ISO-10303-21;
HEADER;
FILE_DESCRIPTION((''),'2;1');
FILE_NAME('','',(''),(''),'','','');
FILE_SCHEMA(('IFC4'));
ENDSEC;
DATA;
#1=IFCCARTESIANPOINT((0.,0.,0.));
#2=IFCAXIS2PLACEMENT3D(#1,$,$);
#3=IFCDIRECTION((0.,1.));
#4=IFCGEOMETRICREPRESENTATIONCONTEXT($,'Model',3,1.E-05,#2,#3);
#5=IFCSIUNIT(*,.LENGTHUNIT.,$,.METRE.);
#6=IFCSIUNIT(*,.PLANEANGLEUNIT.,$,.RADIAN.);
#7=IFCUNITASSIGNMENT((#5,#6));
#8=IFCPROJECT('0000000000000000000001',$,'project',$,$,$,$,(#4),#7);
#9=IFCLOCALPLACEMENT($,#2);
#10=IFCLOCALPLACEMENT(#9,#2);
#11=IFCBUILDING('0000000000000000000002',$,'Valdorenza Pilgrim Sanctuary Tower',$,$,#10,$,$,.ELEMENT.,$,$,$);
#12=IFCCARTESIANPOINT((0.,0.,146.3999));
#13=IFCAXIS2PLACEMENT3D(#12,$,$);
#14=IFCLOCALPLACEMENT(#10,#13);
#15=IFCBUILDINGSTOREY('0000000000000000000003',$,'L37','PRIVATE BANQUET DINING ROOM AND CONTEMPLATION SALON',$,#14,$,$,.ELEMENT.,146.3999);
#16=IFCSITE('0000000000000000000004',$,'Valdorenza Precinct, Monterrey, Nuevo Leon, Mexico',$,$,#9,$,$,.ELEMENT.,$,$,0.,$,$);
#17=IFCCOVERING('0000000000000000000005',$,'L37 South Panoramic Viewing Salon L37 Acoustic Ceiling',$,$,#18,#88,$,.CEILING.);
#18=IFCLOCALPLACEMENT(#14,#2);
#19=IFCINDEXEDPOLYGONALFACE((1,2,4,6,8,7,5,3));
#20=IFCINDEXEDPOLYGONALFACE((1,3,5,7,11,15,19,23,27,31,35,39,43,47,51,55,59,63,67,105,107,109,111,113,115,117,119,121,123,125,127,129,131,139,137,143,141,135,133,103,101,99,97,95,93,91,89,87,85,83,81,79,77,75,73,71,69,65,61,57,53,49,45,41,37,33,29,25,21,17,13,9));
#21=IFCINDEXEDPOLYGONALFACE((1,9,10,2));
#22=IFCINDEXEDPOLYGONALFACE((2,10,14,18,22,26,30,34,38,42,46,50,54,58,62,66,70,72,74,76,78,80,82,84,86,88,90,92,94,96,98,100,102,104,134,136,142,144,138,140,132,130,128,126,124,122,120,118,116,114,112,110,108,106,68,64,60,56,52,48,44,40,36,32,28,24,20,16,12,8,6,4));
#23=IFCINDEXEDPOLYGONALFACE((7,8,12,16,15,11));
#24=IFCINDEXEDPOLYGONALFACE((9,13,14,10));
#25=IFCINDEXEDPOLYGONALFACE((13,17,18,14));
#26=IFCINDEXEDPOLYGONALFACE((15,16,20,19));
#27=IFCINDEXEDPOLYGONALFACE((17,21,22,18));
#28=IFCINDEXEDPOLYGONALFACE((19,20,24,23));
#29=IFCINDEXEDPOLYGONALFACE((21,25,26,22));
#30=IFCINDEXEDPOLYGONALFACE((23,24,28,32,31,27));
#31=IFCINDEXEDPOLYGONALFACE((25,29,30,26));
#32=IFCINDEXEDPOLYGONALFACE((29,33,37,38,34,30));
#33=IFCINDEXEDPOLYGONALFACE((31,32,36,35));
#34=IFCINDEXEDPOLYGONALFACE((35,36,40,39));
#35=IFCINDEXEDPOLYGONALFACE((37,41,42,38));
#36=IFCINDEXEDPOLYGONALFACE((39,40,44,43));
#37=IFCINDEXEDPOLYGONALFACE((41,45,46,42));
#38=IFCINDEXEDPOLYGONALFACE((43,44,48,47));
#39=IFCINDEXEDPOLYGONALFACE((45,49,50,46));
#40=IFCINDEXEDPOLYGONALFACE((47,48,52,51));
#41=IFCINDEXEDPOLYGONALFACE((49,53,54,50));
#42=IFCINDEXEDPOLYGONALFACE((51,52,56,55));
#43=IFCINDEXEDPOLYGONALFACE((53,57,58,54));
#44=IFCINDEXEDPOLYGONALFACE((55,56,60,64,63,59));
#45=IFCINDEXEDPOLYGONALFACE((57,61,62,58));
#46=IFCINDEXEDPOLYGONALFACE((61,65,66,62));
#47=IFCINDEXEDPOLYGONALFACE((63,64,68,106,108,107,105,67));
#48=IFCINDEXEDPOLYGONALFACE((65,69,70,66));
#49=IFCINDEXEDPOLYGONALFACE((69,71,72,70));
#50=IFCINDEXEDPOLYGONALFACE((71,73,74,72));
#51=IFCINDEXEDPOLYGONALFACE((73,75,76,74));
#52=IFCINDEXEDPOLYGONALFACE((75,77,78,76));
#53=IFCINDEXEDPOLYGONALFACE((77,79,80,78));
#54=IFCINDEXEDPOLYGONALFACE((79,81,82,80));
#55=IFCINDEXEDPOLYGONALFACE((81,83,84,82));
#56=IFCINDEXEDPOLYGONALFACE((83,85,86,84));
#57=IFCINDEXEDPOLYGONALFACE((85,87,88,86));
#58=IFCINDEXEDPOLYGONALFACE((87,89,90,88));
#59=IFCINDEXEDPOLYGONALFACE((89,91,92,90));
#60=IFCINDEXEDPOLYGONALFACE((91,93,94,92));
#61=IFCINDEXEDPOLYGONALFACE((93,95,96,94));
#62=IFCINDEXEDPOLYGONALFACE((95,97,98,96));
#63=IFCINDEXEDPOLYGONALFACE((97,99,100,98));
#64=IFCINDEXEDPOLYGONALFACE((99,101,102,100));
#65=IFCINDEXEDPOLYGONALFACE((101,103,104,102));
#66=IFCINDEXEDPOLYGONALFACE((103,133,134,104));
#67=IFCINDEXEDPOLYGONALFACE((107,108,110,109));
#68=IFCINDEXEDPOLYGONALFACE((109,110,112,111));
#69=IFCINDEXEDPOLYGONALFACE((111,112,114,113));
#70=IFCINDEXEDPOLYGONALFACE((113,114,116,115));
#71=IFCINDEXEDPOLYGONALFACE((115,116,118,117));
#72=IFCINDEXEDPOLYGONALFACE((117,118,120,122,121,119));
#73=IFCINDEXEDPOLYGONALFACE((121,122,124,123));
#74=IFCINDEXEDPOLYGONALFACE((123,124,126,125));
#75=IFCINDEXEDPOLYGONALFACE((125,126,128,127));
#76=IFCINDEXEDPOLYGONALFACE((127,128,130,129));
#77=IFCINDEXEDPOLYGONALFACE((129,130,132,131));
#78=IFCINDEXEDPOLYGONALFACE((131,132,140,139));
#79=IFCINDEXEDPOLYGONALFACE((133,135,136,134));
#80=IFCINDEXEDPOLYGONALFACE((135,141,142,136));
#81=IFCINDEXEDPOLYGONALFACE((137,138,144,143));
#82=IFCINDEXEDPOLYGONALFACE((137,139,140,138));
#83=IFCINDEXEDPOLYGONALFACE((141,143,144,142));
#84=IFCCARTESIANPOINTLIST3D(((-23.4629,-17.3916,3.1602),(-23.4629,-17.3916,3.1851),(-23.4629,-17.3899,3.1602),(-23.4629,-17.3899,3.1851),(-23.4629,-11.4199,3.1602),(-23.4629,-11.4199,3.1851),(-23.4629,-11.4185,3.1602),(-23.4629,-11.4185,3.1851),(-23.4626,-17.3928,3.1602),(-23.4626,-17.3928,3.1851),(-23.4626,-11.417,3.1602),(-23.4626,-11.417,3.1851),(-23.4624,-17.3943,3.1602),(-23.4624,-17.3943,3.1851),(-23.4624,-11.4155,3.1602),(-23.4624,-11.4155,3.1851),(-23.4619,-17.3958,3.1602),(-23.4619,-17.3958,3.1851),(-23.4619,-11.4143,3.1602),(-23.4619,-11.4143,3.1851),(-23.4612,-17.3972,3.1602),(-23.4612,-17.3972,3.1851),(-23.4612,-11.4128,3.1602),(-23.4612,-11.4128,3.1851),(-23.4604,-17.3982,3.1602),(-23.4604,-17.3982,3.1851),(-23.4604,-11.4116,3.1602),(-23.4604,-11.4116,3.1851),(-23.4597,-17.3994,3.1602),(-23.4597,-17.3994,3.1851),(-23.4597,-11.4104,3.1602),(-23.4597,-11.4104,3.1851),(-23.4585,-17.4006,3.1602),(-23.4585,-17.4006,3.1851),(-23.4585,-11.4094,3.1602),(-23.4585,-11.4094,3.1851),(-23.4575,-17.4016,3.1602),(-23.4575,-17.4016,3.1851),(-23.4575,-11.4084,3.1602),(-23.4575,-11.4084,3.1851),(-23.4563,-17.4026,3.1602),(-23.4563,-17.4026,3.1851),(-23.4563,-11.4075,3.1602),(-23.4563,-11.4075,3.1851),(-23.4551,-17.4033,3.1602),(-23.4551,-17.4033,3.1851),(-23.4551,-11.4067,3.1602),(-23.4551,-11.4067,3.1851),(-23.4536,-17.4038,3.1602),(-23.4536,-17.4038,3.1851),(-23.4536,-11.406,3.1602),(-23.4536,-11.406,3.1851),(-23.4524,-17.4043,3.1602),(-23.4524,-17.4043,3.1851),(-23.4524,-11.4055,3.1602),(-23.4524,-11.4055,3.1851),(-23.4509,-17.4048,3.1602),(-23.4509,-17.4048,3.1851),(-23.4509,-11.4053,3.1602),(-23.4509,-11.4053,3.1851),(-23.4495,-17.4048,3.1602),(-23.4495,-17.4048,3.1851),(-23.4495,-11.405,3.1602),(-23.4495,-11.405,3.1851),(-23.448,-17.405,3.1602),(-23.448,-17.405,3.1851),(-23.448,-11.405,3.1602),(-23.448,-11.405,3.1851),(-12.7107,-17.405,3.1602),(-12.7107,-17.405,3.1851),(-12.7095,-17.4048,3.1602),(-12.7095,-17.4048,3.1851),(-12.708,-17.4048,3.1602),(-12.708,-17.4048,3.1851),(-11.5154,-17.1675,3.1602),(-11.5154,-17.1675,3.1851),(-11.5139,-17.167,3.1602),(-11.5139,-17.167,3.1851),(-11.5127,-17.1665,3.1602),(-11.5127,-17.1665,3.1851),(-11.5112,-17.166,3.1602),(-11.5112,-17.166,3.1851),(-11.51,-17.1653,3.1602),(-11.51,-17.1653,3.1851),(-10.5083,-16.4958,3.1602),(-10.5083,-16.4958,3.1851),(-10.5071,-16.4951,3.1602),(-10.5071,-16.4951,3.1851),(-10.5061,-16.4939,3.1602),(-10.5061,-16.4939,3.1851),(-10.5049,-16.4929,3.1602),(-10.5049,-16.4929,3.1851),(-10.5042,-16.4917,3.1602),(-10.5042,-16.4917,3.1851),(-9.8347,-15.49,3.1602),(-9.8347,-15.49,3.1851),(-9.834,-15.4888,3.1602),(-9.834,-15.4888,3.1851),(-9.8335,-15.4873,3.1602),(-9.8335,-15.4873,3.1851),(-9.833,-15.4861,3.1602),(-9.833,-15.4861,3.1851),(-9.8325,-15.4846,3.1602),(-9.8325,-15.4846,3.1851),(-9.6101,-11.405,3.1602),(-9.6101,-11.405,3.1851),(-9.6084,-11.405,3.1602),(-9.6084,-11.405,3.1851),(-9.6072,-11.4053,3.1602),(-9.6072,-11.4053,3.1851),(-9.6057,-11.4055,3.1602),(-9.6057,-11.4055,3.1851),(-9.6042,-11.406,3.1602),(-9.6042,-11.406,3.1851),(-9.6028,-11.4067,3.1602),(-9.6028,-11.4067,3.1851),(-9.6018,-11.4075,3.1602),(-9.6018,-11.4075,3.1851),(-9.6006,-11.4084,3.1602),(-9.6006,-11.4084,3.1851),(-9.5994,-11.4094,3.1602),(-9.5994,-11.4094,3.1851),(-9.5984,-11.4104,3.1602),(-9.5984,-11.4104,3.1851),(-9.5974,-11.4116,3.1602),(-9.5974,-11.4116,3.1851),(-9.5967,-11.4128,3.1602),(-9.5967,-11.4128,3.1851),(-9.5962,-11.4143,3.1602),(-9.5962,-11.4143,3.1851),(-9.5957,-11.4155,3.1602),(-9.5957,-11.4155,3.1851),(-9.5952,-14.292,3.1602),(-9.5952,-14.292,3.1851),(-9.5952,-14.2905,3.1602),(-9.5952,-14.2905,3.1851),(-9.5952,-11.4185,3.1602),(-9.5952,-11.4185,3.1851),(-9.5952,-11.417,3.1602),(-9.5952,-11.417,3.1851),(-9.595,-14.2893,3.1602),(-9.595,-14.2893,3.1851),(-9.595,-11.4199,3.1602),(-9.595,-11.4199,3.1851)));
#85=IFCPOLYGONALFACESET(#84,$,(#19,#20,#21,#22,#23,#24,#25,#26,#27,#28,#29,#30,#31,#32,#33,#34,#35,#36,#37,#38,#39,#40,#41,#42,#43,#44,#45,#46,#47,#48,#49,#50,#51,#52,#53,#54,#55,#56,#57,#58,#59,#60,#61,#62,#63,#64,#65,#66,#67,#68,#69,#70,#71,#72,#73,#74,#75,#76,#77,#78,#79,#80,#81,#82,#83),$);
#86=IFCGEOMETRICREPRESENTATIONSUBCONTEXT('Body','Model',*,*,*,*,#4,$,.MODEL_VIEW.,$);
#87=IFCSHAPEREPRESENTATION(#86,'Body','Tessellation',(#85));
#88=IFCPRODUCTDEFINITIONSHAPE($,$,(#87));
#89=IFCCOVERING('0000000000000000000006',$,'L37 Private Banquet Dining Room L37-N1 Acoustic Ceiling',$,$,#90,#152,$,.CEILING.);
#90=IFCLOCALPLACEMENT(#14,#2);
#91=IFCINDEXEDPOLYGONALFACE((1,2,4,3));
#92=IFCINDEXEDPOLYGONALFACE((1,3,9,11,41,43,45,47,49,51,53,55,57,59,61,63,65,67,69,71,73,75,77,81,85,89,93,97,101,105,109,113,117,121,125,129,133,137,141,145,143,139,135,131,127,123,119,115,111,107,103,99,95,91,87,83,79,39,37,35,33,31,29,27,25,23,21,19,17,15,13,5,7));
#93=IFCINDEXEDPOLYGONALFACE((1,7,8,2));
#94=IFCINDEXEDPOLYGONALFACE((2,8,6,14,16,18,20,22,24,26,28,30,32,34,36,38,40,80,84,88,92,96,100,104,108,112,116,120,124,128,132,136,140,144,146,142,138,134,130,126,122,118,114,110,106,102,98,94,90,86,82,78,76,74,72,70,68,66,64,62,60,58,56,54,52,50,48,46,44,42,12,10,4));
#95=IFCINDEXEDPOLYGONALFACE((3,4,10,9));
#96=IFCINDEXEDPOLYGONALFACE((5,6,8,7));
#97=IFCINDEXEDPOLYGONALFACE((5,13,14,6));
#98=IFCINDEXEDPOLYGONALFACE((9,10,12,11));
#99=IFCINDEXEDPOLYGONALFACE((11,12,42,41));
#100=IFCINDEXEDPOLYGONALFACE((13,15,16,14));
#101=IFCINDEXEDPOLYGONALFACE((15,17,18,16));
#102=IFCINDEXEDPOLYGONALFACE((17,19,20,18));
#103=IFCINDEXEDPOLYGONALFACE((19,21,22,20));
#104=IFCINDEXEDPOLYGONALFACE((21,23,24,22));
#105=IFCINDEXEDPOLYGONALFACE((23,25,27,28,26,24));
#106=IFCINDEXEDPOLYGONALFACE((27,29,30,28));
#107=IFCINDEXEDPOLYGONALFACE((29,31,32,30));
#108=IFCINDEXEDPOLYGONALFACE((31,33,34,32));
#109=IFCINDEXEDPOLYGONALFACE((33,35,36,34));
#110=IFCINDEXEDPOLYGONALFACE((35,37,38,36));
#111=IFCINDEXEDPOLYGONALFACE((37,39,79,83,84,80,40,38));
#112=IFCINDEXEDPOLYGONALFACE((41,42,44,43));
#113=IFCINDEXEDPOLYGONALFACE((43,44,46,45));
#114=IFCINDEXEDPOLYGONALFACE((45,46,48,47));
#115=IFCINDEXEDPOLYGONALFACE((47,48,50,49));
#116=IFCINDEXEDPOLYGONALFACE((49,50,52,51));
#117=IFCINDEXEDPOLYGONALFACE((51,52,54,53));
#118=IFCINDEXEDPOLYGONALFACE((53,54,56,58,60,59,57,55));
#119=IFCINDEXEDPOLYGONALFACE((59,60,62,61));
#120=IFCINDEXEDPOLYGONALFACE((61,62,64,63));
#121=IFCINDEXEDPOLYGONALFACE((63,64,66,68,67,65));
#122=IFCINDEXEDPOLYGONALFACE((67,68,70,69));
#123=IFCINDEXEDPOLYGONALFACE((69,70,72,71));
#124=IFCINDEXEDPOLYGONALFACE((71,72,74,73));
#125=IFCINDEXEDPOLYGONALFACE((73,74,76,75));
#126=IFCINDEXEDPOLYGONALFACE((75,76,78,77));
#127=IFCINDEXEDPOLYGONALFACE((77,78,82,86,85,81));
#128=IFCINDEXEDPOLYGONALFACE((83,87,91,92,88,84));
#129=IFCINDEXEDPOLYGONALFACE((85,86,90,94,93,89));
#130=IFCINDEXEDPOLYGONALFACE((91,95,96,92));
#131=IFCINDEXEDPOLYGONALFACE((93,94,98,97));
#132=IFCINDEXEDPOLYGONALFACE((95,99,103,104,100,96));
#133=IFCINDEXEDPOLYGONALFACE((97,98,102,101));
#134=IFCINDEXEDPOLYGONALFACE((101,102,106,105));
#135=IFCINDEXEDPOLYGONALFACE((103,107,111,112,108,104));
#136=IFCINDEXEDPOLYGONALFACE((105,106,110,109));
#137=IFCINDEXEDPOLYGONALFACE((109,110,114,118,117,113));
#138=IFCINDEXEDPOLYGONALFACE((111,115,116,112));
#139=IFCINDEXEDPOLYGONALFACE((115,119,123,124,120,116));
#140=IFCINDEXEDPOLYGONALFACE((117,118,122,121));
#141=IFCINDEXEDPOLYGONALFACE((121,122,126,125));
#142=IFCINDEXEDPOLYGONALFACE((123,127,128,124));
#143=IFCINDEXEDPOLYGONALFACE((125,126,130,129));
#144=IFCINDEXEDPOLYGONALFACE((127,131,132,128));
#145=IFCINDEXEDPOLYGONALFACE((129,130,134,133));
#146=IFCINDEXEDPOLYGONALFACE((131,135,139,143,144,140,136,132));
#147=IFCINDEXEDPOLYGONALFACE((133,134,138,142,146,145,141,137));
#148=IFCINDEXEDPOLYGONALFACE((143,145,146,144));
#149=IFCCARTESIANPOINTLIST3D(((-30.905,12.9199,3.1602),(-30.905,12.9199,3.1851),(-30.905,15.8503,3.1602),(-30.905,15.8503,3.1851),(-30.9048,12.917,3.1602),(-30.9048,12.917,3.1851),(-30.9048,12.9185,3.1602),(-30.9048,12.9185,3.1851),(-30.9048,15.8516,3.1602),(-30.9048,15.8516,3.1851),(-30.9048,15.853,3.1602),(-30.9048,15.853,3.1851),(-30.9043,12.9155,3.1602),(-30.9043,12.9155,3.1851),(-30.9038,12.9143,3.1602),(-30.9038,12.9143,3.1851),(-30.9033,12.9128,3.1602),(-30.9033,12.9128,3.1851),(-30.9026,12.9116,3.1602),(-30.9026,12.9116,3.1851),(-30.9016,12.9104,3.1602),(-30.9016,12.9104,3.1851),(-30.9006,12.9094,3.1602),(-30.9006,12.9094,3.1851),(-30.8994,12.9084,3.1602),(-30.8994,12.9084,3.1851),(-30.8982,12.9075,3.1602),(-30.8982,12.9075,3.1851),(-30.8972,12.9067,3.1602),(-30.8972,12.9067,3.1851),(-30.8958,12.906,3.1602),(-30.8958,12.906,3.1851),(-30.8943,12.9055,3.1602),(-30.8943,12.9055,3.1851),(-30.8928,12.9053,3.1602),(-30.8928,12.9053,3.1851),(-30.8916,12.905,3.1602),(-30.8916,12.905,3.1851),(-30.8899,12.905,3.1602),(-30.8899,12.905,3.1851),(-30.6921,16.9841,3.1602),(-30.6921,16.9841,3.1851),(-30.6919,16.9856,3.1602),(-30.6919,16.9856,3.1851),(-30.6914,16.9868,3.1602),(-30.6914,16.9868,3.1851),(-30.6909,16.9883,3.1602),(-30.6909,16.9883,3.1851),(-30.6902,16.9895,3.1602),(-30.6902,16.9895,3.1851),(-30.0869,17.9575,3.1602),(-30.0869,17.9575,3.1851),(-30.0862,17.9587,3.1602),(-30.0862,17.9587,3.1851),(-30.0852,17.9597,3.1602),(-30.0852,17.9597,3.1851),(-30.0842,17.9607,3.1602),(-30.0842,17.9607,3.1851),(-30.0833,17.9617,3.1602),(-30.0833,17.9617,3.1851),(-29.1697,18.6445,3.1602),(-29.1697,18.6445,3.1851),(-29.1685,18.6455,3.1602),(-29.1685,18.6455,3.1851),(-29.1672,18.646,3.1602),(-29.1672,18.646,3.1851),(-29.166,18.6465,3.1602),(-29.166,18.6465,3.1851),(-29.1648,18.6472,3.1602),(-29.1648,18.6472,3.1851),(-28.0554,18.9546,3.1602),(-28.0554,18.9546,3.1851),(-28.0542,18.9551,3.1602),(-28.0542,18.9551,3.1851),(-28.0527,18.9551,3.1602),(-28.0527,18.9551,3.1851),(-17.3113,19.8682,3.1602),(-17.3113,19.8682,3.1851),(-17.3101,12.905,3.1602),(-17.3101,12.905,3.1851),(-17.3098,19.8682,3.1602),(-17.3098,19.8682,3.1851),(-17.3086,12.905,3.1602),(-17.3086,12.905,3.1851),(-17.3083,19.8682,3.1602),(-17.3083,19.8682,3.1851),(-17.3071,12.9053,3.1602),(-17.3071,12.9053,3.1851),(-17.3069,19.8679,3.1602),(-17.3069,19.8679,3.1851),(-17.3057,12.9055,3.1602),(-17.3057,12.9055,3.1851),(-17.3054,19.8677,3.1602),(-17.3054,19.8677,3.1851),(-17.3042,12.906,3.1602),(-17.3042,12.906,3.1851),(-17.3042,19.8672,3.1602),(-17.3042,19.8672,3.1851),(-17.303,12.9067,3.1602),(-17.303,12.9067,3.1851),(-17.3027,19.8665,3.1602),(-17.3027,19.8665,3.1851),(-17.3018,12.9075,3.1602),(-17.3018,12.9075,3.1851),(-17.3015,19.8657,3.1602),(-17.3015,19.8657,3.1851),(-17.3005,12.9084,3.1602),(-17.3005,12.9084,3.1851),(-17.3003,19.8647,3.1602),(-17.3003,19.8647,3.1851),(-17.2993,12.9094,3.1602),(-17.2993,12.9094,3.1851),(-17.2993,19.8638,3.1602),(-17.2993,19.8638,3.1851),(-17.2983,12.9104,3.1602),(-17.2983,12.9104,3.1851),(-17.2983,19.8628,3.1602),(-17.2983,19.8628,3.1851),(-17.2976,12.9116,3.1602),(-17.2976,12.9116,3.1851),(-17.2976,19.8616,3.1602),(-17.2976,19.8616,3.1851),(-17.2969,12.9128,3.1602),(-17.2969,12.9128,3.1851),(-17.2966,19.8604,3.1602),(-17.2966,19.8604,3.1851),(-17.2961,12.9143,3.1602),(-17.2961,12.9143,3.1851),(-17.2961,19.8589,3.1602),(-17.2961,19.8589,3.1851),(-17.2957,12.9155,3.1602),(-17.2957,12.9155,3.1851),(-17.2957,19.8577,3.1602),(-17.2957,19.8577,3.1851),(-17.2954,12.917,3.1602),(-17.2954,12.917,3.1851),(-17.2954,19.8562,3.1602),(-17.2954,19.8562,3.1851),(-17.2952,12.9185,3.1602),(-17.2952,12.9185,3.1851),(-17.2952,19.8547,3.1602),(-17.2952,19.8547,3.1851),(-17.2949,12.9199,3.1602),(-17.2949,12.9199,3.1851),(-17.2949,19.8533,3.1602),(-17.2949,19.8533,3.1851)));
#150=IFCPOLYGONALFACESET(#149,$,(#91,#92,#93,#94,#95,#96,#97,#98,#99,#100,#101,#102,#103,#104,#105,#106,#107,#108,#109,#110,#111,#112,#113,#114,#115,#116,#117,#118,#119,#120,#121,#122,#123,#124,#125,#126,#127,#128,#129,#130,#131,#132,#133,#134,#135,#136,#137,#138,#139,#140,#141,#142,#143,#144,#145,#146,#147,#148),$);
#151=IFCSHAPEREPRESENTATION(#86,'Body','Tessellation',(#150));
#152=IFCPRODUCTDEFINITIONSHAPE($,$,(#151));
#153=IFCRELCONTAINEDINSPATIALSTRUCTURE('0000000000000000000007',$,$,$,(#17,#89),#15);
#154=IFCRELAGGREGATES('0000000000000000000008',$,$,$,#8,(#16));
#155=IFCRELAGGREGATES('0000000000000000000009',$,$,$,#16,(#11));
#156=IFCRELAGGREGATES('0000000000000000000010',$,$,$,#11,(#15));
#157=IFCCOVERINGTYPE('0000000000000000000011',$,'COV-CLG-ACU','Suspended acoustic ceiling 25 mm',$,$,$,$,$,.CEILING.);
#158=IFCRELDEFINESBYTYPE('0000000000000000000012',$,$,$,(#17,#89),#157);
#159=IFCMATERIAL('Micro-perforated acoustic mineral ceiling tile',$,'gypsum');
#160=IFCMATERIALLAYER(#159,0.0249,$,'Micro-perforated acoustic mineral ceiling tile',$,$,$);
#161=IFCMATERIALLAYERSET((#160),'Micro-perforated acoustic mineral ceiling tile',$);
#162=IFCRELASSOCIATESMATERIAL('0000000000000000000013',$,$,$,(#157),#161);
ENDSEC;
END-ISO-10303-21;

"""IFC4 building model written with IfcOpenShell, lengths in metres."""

from ifc_helpers import new_model, si_unit, direction, frame, origin, place, context, subcontext, project, spatial, polyline, outline, extrude, material, layer, layer_set, type_object, element, save


model = new_model("IFC4")

# Units and contexts
model_context = context("Model", 3, precision=1e-05, world=origin(), true_north=direction((0.0, 1.0)))
body_context = subcontext(model_context, "Body", "Model", "MODEL_VIEW")
ifc_project = project(units=[si_unit("LENGTHUNIT", "METRE"), si_unit("PLANEANGLEUNIT", "RADIAN")], contexts=[model_context])

# Site, building, storey
site_placement = place(None, origin())
site = spatial("IfcSite", under=ifc_project, at=site_placement, Name="Valdorenza Precinct, Monterrey, Nuevo Leon, Mexico", CompositionType="ELEMENT", RefElevation=0.0)
building_placement = place(site_placement, origin())
building = spatial("IfcBuilding", under=site, at=building_placement, Name="Valdorenza Pilgrim Sanctuary Tower", CompositionType="ELEMENT")
storey_placement = place(building_placement, frame((0.0, 0.0, 146.3999)))
storey = spatial("IfcBuildingStorey", under=building, at=storey_placement, Name="L37", Description="PRIVATE BANQUET DINING ROOM AND CONTEMPLATION SALON", CompositionType="ELEMENT", Elevation=146.3999)

# Coverings
ifc_material_1 = material(Name="Micro-perforated acoustic mineral ceiling tile", Category="gypsum")
ifc_layer_1 = layer(ifc_material_1, 0.0249, Name="Micro-perforated acoustic mineral ceiling tile")
ifc_layer_set_1 = layer_set([ifc_layer_1], Name="Micro-perforated acoustic mineral ceiling tile")
covering_type_1 = type_object("IfcCoveringType", Name="COV-CLG-ACU", Description="Suspended acoustic ceiling 25 mm", PredefinedType="CEILING", material=ifc_layer_set_1)
covering_1_placement = place(storey_placement, frame((0.0, 0.0, 3.1602)))
element("IfcCovering", 1, at=covering_1_placement, inside=storey, type_object=covering_type_1, Name="L37 South Panoramic Viewing Salon L37 Acoustic Ceiling", PredefinedType="CEILING", context=body_context, shape_type="SweptSolid", body=[
    extrude(outline(polyline([(-9.6101, -11.405), (-9.6084, -11.405), (-9.6072, -11.4053), (-9.6057, -11.4055), (-9.6042, -11.406), (-9.6028, -11.4067), (-9.6018, -11.4075), (-9.6006, -11.4084), (-9.5994, -11.4094), (-9.5984, -11.4104), (-9.5974, -11.4116), (-9.5967, -11.4128), (-9.5962, -11.4143), (-9.5957, -11.4155), (-9.5952, -11.417), (-9.5952, -11.4185), (-9.595, -11.4199), (-9.595, -14.2893), (-9.5952, -14.2905), (-9.5952, -14.292), (-9.8325, -15.4846), (-9.833, -15.4861), (-9.8335, -15.4873), (-9.834, -15.4888), (-9.8347, -15.49), (-10.5042, -16.4917), (-10.5049, -16.4929), (-10.5061, -16.4939), (-10.5071, -16.4951), (-10.5083, -16.4958), (-11.51, -17.1653), (-11.5112, -17.166), (-11.5127, -17.1665), (-11.5139, -17.167), (-11.5154, -17.1675), (-12.708, -17.4048), (-12.7095, -17.4048), (-12.7107, -17.405), (-23.448, -17.405), (-23.4495, -17.4048), (-23.4509, -17.4048), (-23.4524, -17.4043), (-23.4536, -17.4038), (-23.4551, -17.4033), (-23.4563, -17.4026), (-23.4575, -17.4016), (-23.4585, -17.4006), (-23.4597, -17.3994), (-23.4604, -17.3982), (-23.4612, -17.3972), (-23.4619, -17.3958), (-23.4624, -17.3943), (-23.4626, -17.3928), (-23.4629, -17.3916), (-23.4629, -17.3899), (-23.4629, -11.4199), (-23.4629, -11.4185), (-23.4626, -11.417), (-23.4624, -11.4155), (-23.4619, -11.4143), (-23.4612, -11.4128), (-23.4604, -11.4116), (-23.4597, -11.4104), (-23.4585, -11.4094), (-23.4575, -11.4084), (-23.4563, -11.4075), (-23.4551, -11.4067), (-23.4536, -11.406), (-23.4524, -11.4055), (-23.4509, -11.4053), (-23.4495, -11.405), (-23.448, -11.405), (-9.6101, -11.405)])), origin(), (0.0, 0.0, 1.0), 0.0249),
])
covering_2_placement = place(storey_placement, frame((0.0, 0.0, 3.1602)))
element("IfcCovering", 2, at=covering_2_placement, inside=storey, type_object=covering_type_1, Name="L37 Private Banquet Dining Room L37-N1 Acoustic Ceiling", PredefinedType="CEILING", context=body_context, shape_type="SweptSolid", body=[
    extrude(outline(polyline([(-30.8899, 12.905), (-30.8916, 12.905), (-30.8928, 12.9053), (-30.8943, 12.9055), (-30.8958, 12.906), (-30.8972, 12.9067), (-30.8982, 12.9075), (-30.8994, 12.9084), (-30.9006, 12.9094), (-30.9016, 12.9104), (-30.9026, 12.9116), (-30.9033, 12.9128), (-30.9038, 12.9143), (-30.9043, 12.9155), (-30.9048, 12.917), (-30.9048, 12.9185), (-30.905, 12.9199), (-30.905, 15.8503), (-30.9048, 15.8516), (-30.9048, 15.853), (-30.6921, 16.9841), (-30.6919, 16.9856), (-30.6914, 16.9868), (-30.6909, 16.9883), (-30.6902, 16.9895), (-30.0869, 17.9575), (-30.0862, 17.9587), (-30.0852, 17.9597), (-30.0842, 17.9607), (-30.0833, 17.9617), (-29.1697, 18.6445), (-29.1685, 18.6455), (-29.1672, 18.646), (-29.166, 18.6465), (-29.1648, 18.6472), (-28.0554, 18.9546), (-28.0542, 18.9551), (-28.0527, 18.9551), (-17.3113, 19.8682), (-17.3098, 19.8682), (-17.3083, 19.8682), (-17.3069, 19.8679), (-17.3054, 19.8677), (-17.3042, 19.8672), (-17.3027, 19.8665), (-17.3015, 19.8657), (-17.3003, 19.8647), (-17.2993, 19.8638), (-17.2983, 19.8628), (-17.2976, 19.8616), (-17.2966, 19.8604), (-17.2961, 19.8589), (-17.2957, 19.8577), (-17.2954, 19.8562), (-17.2952, 19.8547), (-17.2949, 19.8533), (-17.2949, 12.9199), (-17.2952, 12.9185), (-17.2954, 12.917), (-17.2957, 12.9155), (-17.2961, 12.9143), (-17.2969, 12.9128), (-17.2976, 12.9116), (-17.2983, 12.9104), (-17.2993, 12.9094), (-17.3005, 12.9084), (-17.3018, 12.9075), (-17.303, 12.9067), (-17.3042, 12.906), (-17.3057, 12.9055), (-17.3071, 12.9053), (-17.3086, 12.905), (-17.3101, 12.905), (-30.8899, 12.905)])), origin(), (0.0, 0.0, 1.0), 0.0249),
])

save(model, "model.ifc")
